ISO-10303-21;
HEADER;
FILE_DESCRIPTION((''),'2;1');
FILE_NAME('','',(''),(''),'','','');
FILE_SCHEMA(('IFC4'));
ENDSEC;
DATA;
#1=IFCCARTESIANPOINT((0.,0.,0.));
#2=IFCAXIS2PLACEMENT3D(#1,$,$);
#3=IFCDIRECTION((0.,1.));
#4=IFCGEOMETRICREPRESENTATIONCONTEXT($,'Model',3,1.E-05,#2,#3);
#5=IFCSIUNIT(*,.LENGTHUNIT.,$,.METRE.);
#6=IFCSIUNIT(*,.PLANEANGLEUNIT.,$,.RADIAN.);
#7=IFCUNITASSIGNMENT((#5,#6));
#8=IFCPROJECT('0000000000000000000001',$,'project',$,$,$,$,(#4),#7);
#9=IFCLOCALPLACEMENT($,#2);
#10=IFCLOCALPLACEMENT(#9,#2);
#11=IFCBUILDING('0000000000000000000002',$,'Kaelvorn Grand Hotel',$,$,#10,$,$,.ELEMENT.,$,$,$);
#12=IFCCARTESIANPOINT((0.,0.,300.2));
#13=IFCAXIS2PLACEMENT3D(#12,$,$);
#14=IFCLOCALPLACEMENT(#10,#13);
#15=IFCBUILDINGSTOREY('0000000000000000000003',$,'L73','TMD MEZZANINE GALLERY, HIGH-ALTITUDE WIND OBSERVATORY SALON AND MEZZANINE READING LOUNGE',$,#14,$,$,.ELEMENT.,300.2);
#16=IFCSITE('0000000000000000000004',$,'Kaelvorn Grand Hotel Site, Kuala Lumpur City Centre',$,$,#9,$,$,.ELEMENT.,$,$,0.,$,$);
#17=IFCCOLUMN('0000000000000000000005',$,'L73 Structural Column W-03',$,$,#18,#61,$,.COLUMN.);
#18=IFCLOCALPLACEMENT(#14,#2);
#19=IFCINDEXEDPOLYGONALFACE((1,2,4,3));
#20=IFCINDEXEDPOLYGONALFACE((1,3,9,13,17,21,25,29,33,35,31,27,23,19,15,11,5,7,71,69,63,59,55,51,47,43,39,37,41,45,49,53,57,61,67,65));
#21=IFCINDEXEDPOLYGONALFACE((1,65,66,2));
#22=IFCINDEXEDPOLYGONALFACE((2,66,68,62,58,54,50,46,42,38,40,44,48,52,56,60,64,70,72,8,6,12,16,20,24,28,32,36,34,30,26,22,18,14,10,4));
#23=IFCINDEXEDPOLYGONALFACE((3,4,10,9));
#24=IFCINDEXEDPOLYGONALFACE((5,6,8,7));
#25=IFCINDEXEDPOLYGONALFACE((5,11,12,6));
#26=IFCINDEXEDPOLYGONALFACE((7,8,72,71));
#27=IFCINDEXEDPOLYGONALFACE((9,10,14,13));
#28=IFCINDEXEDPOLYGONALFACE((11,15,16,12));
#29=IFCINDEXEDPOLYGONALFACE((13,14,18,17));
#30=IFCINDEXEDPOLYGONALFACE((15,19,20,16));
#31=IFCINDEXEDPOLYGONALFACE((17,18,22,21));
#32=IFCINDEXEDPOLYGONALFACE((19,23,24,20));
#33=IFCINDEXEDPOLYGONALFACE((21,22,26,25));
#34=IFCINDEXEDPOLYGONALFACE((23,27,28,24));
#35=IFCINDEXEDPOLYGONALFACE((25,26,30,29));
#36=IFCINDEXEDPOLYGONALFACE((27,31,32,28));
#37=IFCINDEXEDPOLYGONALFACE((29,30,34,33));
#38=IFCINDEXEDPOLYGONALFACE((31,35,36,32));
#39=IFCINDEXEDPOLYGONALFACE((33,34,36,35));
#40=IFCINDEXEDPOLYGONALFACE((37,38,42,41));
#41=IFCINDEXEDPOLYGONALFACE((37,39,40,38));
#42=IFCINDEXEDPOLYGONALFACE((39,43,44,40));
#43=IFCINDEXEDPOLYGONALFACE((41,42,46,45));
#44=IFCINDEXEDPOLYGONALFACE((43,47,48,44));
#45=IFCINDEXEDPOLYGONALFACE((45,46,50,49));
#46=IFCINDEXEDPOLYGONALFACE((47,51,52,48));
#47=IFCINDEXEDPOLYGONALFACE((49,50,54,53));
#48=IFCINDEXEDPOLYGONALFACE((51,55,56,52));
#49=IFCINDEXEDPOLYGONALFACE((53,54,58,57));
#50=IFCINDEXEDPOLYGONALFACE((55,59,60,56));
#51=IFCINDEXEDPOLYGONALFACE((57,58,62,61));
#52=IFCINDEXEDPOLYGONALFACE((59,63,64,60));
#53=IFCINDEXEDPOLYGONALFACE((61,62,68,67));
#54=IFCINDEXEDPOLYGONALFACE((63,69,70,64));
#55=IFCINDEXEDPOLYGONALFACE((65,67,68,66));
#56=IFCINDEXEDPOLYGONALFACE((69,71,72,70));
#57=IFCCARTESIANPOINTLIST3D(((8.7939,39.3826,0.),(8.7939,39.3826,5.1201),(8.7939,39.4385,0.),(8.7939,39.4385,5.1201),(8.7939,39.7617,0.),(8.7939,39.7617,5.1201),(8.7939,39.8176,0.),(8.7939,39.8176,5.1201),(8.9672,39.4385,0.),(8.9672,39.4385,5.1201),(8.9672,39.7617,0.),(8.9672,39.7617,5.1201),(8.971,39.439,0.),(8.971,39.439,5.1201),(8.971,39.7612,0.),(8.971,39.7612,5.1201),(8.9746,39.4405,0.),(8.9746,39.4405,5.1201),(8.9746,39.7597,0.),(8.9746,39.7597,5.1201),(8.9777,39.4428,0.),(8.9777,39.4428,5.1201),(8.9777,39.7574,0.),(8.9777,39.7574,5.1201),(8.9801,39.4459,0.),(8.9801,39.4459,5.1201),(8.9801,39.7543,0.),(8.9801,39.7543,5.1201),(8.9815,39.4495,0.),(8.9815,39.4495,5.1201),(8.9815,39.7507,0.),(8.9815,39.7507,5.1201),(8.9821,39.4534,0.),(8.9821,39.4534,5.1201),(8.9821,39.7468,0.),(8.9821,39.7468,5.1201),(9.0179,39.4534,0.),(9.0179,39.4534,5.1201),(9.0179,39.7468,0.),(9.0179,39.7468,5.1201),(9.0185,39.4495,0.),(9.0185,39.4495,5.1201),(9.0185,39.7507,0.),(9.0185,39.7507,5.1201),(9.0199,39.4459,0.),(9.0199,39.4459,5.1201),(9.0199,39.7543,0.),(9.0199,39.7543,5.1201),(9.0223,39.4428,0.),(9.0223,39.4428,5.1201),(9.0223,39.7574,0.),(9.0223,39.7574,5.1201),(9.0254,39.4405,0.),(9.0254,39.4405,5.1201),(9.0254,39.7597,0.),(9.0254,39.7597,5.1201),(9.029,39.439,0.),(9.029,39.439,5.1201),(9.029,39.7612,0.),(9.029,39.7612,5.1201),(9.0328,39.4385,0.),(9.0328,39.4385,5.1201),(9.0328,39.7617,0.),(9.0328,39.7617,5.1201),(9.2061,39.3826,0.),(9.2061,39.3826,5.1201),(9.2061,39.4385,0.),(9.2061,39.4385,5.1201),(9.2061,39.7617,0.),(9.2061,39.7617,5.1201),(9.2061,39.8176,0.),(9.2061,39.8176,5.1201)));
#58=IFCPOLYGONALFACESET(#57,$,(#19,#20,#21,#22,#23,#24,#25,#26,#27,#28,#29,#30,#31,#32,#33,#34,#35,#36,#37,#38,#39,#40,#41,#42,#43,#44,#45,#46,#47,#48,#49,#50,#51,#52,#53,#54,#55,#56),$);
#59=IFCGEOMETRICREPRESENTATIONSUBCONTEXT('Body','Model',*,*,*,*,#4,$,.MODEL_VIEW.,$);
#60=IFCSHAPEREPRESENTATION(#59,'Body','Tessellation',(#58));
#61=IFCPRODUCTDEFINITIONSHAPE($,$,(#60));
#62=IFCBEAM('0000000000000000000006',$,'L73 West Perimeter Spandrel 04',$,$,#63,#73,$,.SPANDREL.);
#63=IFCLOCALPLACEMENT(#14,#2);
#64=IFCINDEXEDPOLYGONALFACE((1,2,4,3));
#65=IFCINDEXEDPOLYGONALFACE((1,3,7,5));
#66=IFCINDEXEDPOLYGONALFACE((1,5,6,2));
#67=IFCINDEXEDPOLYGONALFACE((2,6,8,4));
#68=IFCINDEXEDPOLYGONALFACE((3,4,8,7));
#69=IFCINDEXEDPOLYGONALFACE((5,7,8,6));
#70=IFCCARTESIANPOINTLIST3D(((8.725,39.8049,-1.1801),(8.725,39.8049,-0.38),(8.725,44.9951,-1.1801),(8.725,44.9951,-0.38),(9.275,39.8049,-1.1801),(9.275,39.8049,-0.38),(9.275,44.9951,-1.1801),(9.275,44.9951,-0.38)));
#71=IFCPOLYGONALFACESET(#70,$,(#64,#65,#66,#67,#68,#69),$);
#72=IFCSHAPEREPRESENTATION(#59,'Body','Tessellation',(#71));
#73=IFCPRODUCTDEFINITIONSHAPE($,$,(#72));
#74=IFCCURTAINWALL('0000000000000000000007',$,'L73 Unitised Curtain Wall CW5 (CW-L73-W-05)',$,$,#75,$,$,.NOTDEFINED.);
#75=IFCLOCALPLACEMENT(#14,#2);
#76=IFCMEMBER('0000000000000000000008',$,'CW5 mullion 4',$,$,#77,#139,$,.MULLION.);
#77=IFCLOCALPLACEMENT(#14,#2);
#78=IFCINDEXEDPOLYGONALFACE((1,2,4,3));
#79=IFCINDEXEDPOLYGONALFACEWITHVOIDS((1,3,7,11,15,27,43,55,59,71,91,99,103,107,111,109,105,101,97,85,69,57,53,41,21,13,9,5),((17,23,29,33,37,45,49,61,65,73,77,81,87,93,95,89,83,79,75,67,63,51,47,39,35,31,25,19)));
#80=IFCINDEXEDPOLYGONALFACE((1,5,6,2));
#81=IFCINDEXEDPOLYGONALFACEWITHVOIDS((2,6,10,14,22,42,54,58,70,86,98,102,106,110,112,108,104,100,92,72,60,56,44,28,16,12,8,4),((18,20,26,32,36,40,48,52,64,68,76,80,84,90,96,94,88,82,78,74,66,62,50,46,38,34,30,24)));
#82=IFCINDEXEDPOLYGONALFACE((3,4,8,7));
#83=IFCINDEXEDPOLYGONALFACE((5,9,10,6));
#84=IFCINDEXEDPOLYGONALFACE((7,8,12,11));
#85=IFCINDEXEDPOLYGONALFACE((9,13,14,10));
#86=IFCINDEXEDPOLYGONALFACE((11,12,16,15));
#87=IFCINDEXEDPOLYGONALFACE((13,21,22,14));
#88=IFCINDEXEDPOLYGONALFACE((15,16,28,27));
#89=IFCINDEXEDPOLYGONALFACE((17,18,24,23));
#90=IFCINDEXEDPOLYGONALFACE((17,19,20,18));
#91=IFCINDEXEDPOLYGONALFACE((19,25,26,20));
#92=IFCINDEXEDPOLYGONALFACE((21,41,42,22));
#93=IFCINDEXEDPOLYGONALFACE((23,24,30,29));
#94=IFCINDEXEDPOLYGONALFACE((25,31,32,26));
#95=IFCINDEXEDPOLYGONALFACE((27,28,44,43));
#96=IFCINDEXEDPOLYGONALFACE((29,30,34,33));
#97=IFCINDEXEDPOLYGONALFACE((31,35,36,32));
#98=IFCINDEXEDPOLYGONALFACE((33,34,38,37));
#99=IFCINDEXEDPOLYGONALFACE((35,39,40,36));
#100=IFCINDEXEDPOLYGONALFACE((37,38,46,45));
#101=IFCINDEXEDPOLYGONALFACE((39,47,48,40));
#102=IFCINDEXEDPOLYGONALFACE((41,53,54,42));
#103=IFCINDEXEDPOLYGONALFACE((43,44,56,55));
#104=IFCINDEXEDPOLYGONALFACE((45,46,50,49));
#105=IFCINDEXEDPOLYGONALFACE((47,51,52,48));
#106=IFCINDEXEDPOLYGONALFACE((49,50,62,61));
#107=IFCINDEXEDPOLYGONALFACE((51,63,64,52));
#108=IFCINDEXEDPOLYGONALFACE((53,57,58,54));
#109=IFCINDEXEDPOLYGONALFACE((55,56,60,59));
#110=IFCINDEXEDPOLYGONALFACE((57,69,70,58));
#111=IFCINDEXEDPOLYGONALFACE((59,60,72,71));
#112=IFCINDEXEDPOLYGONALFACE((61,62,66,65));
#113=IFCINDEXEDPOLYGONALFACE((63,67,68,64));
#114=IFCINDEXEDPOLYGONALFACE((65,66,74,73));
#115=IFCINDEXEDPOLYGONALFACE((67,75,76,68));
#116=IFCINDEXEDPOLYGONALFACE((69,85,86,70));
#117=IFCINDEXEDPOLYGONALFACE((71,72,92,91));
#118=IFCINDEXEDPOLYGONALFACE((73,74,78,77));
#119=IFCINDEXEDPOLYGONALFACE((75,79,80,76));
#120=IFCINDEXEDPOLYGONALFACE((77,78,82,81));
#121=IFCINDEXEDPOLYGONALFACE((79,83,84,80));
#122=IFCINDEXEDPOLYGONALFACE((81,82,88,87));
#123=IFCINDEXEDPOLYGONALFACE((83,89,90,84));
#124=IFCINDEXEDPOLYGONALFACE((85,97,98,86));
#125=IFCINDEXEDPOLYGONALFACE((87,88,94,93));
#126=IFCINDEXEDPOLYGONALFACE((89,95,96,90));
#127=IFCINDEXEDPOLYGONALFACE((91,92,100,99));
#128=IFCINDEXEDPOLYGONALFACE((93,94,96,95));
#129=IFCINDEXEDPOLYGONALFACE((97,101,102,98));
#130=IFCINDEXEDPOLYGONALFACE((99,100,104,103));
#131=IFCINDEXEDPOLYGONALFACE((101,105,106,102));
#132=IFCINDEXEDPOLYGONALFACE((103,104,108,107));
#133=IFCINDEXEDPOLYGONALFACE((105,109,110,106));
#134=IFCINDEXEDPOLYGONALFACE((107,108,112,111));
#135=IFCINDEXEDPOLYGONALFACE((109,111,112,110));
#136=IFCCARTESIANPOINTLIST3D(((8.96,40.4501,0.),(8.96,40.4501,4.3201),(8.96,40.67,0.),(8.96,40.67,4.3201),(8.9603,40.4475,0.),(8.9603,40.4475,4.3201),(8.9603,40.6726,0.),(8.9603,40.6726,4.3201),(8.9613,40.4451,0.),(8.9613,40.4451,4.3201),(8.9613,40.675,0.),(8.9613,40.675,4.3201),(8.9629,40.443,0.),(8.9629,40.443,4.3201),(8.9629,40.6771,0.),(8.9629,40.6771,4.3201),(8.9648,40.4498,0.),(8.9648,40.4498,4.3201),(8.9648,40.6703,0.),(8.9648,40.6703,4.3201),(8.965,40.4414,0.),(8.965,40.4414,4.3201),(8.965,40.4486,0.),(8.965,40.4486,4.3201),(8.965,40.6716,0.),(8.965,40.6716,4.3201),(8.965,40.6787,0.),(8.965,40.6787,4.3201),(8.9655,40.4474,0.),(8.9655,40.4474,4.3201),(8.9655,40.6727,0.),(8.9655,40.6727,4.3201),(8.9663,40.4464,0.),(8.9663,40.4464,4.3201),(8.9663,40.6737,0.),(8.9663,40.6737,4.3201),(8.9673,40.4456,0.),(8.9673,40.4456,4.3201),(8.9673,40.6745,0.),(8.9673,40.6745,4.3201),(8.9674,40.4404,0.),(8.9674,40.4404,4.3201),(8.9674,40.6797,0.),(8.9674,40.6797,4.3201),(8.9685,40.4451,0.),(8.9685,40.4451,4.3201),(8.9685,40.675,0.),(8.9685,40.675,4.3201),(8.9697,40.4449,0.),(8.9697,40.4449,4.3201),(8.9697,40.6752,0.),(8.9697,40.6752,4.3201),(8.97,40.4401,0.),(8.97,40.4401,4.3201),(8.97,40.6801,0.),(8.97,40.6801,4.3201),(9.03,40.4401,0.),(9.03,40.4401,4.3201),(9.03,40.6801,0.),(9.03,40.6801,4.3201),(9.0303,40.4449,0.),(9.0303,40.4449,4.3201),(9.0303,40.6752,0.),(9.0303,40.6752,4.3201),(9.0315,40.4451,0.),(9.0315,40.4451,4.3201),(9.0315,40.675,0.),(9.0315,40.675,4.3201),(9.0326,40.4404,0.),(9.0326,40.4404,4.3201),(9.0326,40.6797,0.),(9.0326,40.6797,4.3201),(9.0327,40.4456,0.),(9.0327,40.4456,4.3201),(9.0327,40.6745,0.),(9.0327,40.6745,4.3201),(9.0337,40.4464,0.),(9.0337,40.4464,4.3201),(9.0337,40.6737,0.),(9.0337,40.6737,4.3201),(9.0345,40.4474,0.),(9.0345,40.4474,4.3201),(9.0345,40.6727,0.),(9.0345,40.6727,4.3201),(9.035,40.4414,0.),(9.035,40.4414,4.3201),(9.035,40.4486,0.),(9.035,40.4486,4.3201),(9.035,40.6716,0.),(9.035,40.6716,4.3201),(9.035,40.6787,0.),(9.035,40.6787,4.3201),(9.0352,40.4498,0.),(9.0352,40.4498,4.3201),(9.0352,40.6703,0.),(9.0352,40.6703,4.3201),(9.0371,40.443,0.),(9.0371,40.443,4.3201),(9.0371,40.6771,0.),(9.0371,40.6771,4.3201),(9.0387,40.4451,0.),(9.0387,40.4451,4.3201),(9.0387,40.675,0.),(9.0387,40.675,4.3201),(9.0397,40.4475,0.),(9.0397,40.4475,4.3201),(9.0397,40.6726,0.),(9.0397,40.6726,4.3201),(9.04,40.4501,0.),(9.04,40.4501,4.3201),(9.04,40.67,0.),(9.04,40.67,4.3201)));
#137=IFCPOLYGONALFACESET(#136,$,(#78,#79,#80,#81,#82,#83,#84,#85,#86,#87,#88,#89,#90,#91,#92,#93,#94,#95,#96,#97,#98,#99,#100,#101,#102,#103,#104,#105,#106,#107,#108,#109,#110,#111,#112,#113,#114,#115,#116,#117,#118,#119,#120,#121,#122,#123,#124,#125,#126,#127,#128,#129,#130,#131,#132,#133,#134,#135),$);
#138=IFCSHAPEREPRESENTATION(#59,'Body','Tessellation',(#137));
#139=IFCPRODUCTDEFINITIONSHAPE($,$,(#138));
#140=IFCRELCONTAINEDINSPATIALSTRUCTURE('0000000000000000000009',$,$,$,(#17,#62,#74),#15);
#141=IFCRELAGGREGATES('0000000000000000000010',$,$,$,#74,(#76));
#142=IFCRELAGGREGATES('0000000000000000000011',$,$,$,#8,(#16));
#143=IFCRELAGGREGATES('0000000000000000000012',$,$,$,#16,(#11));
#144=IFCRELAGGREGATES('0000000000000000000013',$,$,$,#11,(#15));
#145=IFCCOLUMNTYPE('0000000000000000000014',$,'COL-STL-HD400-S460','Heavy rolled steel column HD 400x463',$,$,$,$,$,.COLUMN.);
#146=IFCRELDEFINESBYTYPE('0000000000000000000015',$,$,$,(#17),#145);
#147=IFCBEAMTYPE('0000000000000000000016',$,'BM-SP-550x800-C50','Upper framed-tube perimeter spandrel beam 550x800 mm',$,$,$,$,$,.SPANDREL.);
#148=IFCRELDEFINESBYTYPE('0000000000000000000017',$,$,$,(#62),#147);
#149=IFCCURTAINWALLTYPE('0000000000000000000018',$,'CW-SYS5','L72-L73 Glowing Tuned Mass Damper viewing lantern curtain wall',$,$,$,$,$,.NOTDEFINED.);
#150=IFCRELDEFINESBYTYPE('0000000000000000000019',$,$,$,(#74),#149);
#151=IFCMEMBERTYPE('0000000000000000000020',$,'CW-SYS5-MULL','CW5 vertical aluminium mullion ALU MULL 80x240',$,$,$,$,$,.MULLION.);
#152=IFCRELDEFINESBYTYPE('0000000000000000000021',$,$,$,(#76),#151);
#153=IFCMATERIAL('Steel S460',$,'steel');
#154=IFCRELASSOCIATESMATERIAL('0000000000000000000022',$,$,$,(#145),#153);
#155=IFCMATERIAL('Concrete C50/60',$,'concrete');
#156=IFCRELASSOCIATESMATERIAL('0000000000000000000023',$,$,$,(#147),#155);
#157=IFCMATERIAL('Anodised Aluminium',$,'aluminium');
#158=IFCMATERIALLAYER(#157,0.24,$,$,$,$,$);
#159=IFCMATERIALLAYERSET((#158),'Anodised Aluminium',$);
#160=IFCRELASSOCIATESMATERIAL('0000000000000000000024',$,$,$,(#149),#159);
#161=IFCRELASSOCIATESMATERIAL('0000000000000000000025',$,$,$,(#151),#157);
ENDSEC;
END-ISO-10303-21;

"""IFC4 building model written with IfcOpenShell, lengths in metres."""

from ifc_helpers import new_model, si_unit, direction, frame, origin, origin_2d, place, context, subcontext, project, spatial, rectangle, hollow_rectangle, i_section, extrude, material, layer, layer_set, material_profile, profile_set, type_object, element, aggregate, save


model = new_model("IFC4")

# Units and contexts
model_context = context("Model", 3, precision=1e-05, world=origin(), true_north=direction((0.0, 1.0)))
body_context = subcontext(model_context, "Body", "Model", "MODEL_VIEW")
ifc_project = project(units=[si_unit("LENGTHUNIT", "METRE"), si_unit("PLANEANGLEUNIT", "RADIAN")], contexts=[model_context])

# Site, building, storey
site_placement = place(None, origin())
site = spatial("IfcSite", under=ifc_project, at=site_placement, Name="Kaelvorn Grand Hotel Site, Kuala Lumpur City Centre", CompositionType="ELEMENT", RefElevation=0.0)
building_placement = place(site_placement, origin())
building = spatial("IfcBuilding", under=site, at=building_placement, Name="Kaelvorn Grand Hotel", CompositionType="ELEMENT")
storey_placement = place(building_placement, frame((0.0, 0.0, 300.2)))
storey = spatial("IfcBuildingStorey", under=building, at=storey_placement, Name="L73", Description="TMD MEZZANINE GALLERY, HIGH-ALTITUDE WIND OBSERVATORY SALON AND MEZZANINE READING LOUNGE", CompositionType="ELEMENT", Elevation=300.2)

# Column
ifc_material_1 = material(Name="Steel S460", Category="steel")
ifc_material_profile_1 = material_profile(ifc_material_1, i_section(OverallWidth=0.4121, OverallDepth=0.4351, WebThickness=0.0359, FlangeThickness=0.0559, FilletRadius=0.0149, at=origin_2d()), Name="HD 400x463")
ifc_profile_set_1 = profile_set([ifc_material_profile_1], Name="Steel S460")
column_type = type_object("IfcColumnType", Name="COL-STL-HD400-S460", Description="Heavy rolled steel column HD 400x463", PredefinedType="COLUMN", material=ifc_profile_set_1)
column_placement = place(storey_placement, frame((9.0, 39.6001, 0.0), z_axis=(0.0, 0.0, 1.0), x_axis=(1.0, 0.0, 0.0)))
element("IfcColumn", 1, at=column_placement, inside=storey, type_object=column_type, Name="L73 Structural Column W-03", PredefinedType="COLUMN", context=body_context, shape_type="SweptSolid", body=[
    extrude(i_section(OverallWidth=0.4121, OverallDepth=0.4351, WebThickness=0.0359, FlangeThickness=0.0559, FilletRadius=0.0149, at=origin_2d()), origin(), (0.0, 0.0, 1.0), 5.1201),
])

# Beam
ifc_material_2 = material(Name="Concrete C50/60", Category="concrete")
ifc_material_profile_2 = material_profile(ifc_material_2, rectangle(XDim=0.55, YDim=0.8, at=origin_2d()), Name="RC SPANDREL 550x800")
ifc_profile_set_2 = profile_set([ifc_material_profile_2], Name="Concrete C50/60")
beam_type = type_object("IfcBeamType", Name="BM-SP-550x800-C50", Description="Upper framed-tube perimeter spandrel beam 550x800 mm", PredefinedType="SPANDREL", material=ifc_profile_set_2)
beam_placement = place(storey_placement, frame((9.0, 39.8049, -0.78), z_axis=(0.0, 1.0, 0.0), x_axis=(-1.0, 0.0, 0.0)))
element("IfcBeam", 2, at=beam_placement, inside=storey, type_object=beam_type, Name="L73 West Perimeter Spandrel 04", PredefinedType="SPANDREL", context=body_context, shape_type="SweptSolid", body=[
    extrude(rectangle(XDim=0.55, YDim=0.8, at=origin_2d()), origin(), (0.0, 0.0, 1.0), 5.1902),
])

# Curtain wall, member
ifc_material_3 = material(Name="Anodised Aluminium", Category="aluminium")
ifc_layer_1 = layer(ifc_material_3, 0.24)
ifc_layer_set_1 = layer_set([ifc_layer_1], Name="Anodised Aluminium")
curtain_wall_type = type_object("IfcCurtainWallType", Name="CW-SYS5", Description="L72-L73 Glowing Tuned Mass Damper viewing lantern curtain wall", PredefinedType="NOTDEFINED", material=ifc_layer_set_1)
curtain_wall_1_placement = place(storey_placement, origin())
curtain_wall_1 = element("IfcCurtainWall", 3, at=curtain_wall_1_placement, inside=storey, type_object=curtain_wall_type, Name="L73 Unitised Curtain Wall CW5 (CW-L73-W-05)", PredefinedType="NOTDEFINED")
ifc_material_profile_3 = material_profile(ifc_material_3, hollow_rectangle(XDim=0.0801, YDim=0.24, WallThickness=0.0049, InnerFilletRadius=0.0049, OuterFilletRadius=0.01, at=origin_2d()), Name="ALU MULL 80x240")
ifc_profile_set_3 = profile_set([ifc_material_profile_3], Name="Anodised Aluminium")
member_type_1 = type_object("IfcMemberType", Name="CW-SYS5-MULL", Description="CW5 vertical aluminium mullion ALU MULL 80x240", PredefinedType="MULLION", material=ifc_profile_set_3)
member_1_placement = place(storey_placement, frame((9.0, 40.5601, 0.0), z_axis=(0.0, 0.0, 1.0), x_axis=(1.0, 0.0, 0.0)))
member_1 = element("IfcMember", 4, at=member_1_placement, type_object=member_type_1, Name="CW5 mullion 4", PredefinedType="MULLION", context=body_context, shape_type="SweptSolid", body=[
    extrude(hollow_rectangle(XDim=0.0801, YDim=0.24, WallThickness=0.0049, InnerFilletRadius=0.0049, OuterFilletRadius=0.01, at=origin_2d()), origin(), (0.0, 0.0, 1.0), 4.3201),
])

aggregate(curtain_wall_1, [member_1])

save(model, "model.ifc")
